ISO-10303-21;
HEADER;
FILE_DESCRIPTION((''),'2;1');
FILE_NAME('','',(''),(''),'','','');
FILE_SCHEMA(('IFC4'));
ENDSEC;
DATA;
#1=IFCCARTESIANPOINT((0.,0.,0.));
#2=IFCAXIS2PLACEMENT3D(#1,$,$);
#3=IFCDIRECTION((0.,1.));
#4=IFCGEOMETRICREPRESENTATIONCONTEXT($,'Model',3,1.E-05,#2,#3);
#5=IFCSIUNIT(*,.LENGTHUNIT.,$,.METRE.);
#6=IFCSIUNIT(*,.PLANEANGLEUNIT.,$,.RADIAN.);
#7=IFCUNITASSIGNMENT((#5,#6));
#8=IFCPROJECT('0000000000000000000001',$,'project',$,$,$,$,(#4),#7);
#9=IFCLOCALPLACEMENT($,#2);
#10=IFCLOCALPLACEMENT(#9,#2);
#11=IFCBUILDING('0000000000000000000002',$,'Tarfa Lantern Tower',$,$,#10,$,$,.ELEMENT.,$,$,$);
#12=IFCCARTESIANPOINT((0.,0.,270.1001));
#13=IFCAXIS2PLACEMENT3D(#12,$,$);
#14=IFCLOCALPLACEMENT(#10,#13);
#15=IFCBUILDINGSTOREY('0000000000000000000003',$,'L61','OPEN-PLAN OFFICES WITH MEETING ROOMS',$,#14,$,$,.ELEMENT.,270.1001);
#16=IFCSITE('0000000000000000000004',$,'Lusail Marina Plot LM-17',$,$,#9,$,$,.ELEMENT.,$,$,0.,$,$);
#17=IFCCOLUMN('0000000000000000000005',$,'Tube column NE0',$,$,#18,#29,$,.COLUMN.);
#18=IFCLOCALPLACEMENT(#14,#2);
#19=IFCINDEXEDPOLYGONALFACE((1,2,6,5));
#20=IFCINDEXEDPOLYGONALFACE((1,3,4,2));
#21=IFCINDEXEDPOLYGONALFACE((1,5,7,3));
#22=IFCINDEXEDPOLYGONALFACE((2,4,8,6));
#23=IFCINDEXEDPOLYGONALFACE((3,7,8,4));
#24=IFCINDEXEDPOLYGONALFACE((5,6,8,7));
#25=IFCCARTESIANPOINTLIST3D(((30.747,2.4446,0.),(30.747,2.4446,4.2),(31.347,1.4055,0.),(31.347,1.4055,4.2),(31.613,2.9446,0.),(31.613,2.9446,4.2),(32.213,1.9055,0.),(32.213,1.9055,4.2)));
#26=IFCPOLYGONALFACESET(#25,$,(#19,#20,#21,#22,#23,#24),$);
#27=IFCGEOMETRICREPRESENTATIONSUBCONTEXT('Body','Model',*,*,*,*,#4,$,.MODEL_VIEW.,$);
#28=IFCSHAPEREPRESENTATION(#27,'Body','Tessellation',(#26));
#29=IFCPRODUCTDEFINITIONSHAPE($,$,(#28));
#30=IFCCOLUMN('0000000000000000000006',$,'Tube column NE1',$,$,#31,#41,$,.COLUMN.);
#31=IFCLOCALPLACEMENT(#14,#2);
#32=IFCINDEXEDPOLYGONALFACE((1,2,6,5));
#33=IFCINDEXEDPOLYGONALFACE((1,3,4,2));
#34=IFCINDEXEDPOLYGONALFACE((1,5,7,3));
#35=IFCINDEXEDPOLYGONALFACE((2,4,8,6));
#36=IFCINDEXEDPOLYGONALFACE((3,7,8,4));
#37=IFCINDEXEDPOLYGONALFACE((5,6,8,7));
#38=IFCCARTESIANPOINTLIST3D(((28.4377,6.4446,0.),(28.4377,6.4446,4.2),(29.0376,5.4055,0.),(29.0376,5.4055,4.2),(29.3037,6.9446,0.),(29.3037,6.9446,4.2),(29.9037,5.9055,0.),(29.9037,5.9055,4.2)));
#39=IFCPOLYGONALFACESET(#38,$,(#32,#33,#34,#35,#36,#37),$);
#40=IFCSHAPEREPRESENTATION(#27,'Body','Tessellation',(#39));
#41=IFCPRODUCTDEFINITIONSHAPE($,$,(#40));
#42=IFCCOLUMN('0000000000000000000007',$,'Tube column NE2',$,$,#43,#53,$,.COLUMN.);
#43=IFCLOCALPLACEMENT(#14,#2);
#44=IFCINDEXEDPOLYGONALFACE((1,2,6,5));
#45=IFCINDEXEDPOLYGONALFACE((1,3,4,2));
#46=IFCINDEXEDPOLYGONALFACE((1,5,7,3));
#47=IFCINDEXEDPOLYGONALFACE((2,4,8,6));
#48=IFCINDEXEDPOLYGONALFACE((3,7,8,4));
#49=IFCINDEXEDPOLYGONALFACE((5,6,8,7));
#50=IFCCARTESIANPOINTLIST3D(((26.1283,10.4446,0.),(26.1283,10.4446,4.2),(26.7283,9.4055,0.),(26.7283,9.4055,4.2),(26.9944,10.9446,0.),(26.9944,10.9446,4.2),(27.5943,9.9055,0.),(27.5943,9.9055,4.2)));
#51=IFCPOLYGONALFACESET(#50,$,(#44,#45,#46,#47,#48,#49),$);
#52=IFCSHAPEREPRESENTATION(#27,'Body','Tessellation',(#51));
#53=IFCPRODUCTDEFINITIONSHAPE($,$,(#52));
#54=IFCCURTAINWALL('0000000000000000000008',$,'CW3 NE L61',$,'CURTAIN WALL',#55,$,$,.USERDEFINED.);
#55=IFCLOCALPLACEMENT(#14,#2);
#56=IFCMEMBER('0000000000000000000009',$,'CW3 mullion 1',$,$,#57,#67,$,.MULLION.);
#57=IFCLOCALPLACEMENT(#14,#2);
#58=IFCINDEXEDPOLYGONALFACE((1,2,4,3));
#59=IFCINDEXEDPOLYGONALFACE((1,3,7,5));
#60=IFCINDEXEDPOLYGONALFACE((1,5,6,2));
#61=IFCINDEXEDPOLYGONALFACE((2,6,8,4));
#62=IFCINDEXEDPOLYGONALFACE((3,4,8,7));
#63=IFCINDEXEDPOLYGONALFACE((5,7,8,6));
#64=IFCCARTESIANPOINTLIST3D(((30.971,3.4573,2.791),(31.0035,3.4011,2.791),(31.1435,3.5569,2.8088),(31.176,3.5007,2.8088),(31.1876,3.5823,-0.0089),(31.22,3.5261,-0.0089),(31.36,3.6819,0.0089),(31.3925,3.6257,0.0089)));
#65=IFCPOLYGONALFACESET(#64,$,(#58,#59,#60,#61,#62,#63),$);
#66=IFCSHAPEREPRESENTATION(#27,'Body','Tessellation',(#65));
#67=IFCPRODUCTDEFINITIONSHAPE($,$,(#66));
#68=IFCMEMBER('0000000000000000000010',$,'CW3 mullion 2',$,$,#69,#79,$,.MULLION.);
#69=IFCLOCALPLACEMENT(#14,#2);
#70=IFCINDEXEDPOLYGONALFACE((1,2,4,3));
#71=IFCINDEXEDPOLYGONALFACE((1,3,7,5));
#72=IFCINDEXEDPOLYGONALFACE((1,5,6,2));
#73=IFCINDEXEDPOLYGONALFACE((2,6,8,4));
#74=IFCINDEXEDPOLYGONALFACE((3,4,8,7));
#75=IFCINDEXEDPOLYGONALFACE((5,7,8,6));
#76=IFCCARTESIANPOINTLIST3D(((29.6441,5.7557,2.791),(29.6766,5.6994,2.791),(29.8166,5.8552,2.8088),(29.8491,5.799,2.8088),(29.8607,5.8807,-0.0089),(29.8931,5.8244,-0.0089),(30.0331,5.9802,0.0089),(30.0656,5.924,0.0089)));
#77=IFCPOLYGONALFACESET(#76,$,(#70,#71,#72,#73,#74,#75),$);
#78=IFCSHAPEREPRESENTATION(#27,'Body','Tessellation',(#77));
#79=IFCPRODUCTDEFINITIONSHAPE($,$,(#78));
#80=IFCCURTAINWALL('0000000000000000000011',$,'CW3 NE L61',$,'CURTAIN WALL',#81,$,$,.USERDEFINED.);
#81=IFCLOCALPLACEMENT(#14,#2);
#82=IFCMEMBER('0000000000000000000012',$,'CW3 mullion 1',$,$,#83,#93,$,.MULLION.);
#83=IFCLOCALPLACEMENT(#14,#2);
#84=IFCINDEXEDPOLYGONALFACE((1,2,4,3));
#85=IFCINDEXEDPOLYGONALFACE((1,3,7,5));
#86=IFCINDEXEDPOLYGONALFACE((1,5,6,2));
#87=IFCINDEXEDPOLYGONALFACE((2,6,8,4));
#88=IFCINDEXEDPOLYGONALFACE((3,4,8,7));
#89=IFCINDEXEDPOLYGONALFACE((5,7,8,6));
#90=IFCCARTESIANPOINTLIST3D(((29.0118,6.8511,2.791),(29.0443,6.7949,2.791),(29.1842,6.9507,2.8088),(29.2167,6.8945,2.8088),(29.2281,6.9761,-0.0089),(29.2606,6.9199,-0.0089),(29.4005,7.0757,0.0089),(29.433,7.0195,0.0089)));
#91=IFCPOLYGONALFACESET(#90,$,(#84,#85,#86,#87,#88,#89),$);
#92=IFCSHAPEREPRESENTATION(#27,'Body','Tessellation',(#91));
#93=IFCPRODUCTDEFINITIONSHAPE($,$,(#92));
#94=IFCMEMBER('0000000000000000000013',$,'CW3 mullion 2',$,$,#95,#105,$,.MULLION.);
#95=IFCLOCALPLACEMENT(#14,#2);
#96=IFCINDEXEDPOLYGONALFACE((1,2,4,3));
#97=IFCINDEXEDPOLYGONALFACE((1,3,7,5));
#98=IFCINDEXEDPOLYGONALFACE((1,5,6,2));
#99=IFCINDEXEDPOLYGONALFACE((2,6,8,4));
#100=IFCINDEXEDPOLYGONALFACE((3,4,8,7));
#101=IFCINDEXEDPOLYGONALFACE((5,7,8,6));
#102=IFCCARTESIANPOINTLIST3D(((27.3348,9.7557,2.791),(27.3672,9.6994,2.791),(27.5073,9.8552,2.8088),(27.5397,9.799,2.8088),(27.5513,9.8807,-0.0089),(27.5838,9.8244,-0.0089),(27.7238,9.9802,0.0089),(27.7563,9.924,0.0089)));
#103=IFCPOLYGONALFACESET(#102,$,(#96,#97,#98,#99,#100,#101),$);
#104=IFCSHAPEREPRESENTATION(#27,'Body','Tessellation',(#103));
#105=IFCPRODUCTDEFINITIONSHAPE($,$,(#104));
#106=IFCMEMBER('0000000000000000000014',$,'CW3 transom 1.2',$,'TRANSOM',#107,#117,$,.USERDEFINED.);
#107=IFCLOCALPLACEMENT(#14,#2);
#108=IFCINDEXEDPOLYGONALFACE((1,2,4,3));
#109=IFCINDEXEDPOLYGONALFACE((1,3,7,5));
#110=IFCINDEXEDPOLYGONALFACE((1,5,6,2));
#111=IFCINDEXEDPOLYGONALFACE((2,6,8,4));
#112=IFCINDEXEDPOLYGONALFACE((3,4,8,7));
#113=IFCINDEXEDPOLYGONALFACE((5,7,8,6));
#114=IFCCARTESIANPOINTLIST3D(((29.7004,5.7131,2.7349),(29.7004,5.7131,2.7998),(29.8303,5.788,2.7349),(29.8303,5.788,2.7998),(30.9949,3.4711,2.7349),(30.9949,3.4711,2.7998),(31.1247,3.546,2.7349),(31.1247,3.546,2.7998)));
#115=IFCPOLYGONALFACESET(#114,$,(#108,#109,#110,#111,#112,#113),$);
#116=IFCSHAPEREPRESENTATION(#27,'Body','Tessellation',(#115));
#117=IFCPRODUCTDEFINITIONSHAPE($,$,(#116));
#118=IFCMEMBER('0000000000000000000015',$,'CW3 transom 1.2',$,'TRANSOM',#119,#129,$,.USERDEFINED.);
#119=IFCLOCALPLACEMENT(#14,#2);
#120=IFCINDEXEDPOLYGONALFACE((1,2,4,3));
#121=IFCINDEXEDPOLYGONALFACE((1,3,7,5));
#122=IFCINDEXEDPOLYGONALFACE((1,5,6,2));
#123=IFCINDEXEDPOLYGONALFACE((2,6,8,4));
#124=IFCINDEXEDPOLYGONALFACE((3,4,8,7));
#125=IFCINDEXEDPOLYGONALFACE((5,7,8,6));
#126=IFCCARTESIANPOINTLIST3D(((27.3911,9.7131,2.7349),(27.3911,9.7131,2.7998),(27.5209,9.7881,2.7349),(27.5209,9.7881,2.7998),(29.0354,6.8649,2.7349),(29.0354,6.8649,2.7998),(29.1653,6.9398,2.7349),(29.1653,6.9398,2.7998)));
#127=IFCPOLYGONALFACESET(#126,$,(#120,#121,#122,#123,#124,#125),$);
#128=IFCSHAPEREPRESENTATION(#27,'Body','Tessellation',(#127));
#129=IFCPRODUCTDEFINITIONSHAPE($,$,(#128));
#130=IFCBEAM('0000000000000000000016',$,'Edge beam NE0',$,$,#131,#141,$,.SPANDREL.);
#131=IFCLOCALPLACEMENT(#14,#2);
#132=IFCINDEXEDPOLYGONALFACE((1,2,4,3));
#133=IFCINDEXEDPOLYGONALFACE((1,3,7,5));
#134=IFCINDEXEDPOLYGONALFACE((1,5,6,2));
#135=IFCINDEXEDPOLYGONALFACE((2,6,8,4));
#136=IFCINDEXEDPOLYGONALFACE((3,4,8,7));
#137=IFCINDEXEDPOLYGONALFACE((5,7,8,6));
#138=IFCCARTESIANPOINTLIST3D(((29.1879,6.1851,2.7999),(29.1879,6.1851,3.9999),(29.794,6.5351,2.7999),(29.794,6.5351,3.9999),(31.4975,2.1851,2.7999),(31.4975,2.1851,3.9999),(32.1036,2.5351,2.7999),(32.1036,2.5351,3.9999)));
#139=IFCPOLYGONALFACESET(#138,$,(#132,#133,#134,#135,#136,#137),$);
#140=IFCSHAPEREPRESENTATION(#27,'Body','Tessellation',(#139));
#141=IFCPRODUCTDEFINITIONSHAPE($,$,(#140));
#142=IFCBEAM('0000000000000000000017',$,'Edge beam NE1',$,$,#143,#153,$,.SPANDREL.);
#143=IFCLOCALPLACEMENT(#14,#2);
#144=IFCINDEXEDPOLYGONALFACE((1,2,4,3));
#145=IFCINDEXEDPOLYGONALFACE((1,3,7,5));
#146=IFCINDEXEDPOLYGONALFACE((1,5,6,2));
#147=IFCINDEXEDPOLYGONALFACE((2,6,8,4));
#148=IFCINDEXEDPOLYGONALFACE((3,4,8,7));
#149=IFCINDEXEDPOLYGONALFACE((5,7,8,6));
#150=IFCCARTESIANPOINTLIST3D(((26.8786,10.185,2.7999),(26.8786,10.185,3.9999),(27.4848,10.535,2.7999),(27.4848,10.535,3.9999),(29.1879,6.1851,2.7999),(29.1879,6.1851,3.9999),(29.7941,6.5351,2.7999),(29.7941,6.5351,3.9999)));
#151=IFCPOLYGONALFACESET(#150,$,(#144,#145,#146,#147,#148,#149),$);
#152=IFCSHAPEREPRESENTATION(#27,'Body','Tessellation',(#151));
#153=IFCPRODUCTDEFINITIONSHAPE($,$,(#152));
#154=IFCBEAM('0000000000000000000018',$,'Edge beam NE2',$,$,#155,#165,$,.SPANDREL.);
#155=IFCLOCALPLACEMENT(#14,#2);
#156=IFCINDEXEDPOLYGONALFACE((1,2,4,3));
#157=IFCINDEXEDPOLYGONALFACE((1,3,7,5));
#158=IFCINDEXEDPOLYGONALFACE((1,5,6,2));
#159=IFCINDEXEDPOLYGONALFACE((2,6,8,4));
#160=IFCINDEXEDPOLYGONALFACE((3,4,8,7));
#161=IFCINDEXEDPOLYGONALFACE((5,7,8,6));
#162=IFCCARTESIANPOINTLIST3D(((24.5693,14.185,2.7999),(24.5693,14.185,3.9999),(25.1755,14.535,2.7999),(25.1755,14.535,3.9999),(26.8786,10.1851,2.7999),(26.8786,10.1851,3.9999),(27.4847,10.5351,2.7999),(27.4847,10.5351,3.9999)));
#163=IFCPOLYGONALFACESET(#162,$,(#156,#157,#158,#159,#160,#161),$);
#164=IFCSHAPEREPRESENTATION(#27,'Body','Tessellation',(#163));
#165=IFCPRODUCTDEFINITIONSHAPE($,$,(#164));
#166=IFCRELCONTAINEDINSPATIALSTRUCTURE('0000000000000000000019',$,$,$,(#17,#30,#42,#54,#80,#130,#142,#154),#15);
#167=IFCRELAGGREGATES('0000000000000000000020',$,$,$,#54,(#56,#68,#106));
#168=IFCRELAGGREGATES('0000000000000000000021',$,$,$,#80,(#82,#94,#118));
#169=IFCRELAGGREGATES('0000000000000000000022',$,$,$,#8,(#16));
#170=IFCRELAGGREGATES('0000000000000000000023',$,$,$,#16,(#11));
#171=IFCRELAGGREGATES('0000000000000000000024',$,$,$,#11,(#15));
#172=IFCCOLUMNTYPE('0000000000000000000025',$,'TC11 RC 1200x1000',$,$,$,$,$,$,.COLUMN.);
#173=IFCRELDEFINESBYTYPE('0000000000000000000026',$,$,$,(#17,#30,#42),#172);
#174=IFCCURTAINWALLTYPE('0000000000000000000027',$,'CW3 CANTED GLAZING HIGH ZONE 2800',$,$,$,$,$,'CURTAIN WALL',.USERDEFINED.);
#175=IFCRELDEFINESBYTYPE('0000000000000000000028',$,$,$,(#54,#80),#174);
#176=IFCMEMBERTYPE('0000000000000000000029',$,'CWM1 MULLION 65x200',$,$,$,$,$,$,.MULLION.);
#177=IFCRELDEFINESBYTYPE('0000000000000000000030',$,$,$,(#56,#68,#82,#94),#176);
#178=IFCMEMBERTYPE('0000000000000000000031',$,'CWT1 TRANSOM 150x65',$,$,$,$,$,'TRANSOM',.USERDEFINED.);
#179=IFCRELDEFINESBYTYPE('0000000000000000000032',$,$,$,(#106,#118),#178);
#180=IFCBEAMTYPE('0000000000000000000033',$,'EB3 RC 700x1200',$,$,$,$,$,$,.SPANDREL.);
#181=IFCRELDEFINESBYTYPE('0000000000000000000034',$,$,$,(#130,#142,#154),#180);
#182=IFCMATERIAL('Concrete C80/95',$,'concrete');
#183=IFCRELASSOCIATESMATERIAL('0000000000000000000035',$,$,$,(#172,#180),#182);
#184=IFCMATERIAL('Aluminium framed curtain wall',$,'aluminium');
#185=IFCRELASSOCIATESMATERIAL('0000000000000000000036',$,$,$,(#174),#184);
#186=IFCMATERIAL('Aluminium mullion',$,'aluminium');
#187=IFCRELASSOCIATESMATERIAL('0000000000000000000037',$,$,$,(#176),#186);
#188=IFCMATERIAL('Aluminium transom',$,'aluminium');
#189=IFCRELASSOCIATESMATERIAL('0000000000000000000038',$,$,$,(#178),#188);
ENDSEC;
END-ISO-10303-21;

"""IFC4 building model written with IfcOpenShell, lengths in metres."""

from ifc_helpers import new_model, si_unit, direction, frame, origin, origin_2d, place, context, subcontext, project, spatial, rectangle, extrude, material, material_profile, profile_set, type_object, element, aggregate, save


model = new_model("IFC4")

# Units and contexts
model_context = context("Model", 3, precision=1e-05, world=origin(), true_north=direction((0.0, 1.0)))
body_context = subcontext(model_context, "Body", "Model", "MODEL_VIEW")
ifc_project = project(units=[si_unit("LENGTHUNIT", "METRE"), si_unit("PLANEANGLEUNIT", "RADIAN")], contexts=[model_context])

# Site, building, storey
site_placement = place(None, origin())
site = spatial("IfcSite", under=ifc_project, at=site_placement, Name="Lusail Marina Plot LM-17", CompositionType="ELEMENT", RefElevation=0.0)
building_placement = place(site_placement, origin())
building = spatial("IfcBuilding", under=site, at=building_placement, Name="Tarfa Lantern Tower", CompositionType="ELEMENT")
storey_placement = place(building_placement, frame((0.0, 0.0, 270.1001)))
storey = spatial("IfcBuildingStorey", under=building, at=storey_placement, Name="L61", Description="OPEN-PLAN OFFICES WITH MEETING ROOMS", CompositionType="ELEMENT", Elevation=270.1001)

# Columns
ifc_material_1 = material(Name="Concrete C80/95", Category="concrete")
ifc_material_profile_1 = material_profile(ifc_material_1, rectangle(XDim=1.2, YDim=1.0, at=origin_2d()), Name="RC 1200x1000")
ifc_profile_set_1 = profile_set([ifc_material_profile_1], Name="Concrete C80/95")
column_type = type_object("IfcColumnType", Name="TC11 RC 1200x1000", PredefinedType="COLUMN", material=ifc_profile_set_1)
for number, where, z_axis, x_axis, name in (
    (1, (31.48, 2.175, 0.0), (0.0, 0.0, 1.0), (-0.5, 0.866025, 0.0), "Tube column NE0"),
    (2, (29.1707, 6.175, 0.0), (0.0, 0.0, 1.0), (-0.5, 0.866025, 0.0), "Tube column NE1"),
    (3, (26.8613, 10.175, 0.0), (0.0, 0.0, 1.0), (-0.5, 0.866025, 0.0), "Tube column NE2"),
):
    element("IfcColumn", number, at=place(storey_placement, frame(where, z_axis=z_axis, x_axis=x_axis)), inside=storey, type_object=column_type, Name=name, PredefinedType="COLUMN", context=body_context, shape_type="SweptSolid", body=[
        extrude(rectangle(XDim=1.2, YDim=1.0, at=origin_2d()), origin(), (0.0, 0.0, 1.0), 4.2),
    ])

# Curtain walls, members
ifc_material_2 = material(Name="Aluminium framed curtain wall", Category="aluminium")
curtain_wall_type = type_object("IfcCurtainWallType", Name="CW3 CANTED GLAZING HIGH ZONE 2800", ElementType="CURTAIN WALL", PredefinedType="USERDEFINED", material=ifc_material_2)
curtain_wall_1_placement = place(storey_placement, origin())
curtain_wall_1 = element("IfcCurtainWall", 4, at=curtain_wall_1_placement, inside=storey, type_object=curtain_wall_type, Name="CW3 NE L61", ObjectType="CURTAIN WALL", PredefinedType="USERDEFINED")
ifc_material_3 = material(Name="Aluminium mullion", Category="aluminium")
ifc_material_profile_2 = material_profile(ifc_material_3, rectangle(XDim=0.0649, YDim=0.2, at=origin_2d()), Name="AL MULLION 65x200")
ifc_profile_set_2 = profile_set([ifc_material_profile_2], Name="Aluminium mullion")
member_type_1 = type_object("IfcMemberType", Name="CWM1 MULLION 65x200", PredefinedType="MULLION", material=ifc_profile_set_2)
member_1_placement = place(storey_placement, frame((31.29, 3.604, 0.0), z_axis=(-0.077039, -0.044469, 0.996036), x_axis=(0.49992, -0.866072, 0.0)))
member_1 = element("IfcMember", 5, at=member_1_placement, type_object=member_type_1, Name="CW3 mullion 1", PredefinedType="MULLION", context=body_context, shape_type="SweptSolid", body=[
    extrude(rectangle(XDim=0.0649, YDim=0.2, at=origin_2d()), origin(), (0.0, 0.0, 1.0), 2.811),
])
member_2_placement = place(storey_placement, frame((29.9631, 5.9023, 0.0), z_axis=(-0.077039, -0.044469, 0.996036), x_axis=(0.49992, -0.866072, 0.0)))
member_2 = element("IfcMember", 6, at=member_2_placement, type_object=member_type_1, Name="CW3 mullion 2", PredefinedType="MULLION", context=body_context, shape_type="SweptSolid", body=[
    extrude(rectangle(XDim=0.0649, YDim=0.2, at=origin_2d()), origin(), (0.0, 0.0, 1.0), 2.811),
])
curtain_wall_2_placement = place(storey_placement, origin())
curtain_wall_2 = element("IfcCurtainWall", 7, at=curtain_wall_2_placement, inside=storey, type_object=curtain_wall_type, Name="CW3 NE L61", ObjectType="CURTAIN WALL", PredefinedType="USERDEFINED")
member_3_placement = place(storey_placement, frame((29.3306, 6.9978, 0.0), z_axis=(-0.076953, -0.044469, 0.996043), x_axis=(0.500343, -0.865827, 0.0)))
member_3 = element("IfcMember", 8, at=member_3_placement, type_object=member_type_1, Name="CW3 mullion 1", PredefinedType="MULLION", context=body_context, shape_type="SweptSolid", body=[
    extrude(rectangle(XDim=0.0649, YDim=0.2, at=origin_2d()), origin(), (0.0, 0.0, 1.0), 2.811),
])
member_4_placement = place(storey_placement, frame((27.6538, 9.9023, 0.0), z_axis=(-0.077039, -0.044469, 0.996036), x_axis=(0.49992, -0.866072, 0.0)))
member_4 = element("IfcMember", 9, at=member_4_placement, type_object=member_type_1, Name="CW3 mullion 2", PredefinedType="MULLION", context=body_context, shape_type="SweptSolid", body=[
    extrude(rectangle(XDim=0.0649, YDim=0.2, at=origin_2d()), origin(), (0.0, 0.0, 1.0), 2.811),
])

# Members
ifc_material_4 = material(Name="Aluminium transom", Category="aluminium")
ifc_material_profile_3 = material_profile(ifc_material_4, rectangle(XDim=0.1499, YDim=0.0649, at=origin_2d()), Name="AL TRANSOM 150x65")
ifc_profile_set_3 = profile_set([ifc_material_profile_3], Name="Aluminium transom")
member_type_2 = type_object("IfcMemberType", Name="CWT1 TRANSOM 150x65", ElementType="TRANSOM", PredefinedType="USERDEFINED", material=ifc_profile_set_3)
member_5_placement = place(storey_placement, frame((31.0598, 3.5085, 2.7673), z_axis=(-0.500014, 0.866018, 0.0), x_axis=(-0.866018, -0.500014, 0.0)))
member_5 = element("IfcMember", 10, at=member_5_placement, type_object=member_type_2, Name="CW3 transom 1.2", ObjectType="TRANSOM", PredefinedType="USERDEFINED", context=body_context, shape_type="SweptSolid", body=[
    extrude(rectangle(XDim=0.1499, YDim=0.0649, at=origin_2d()), origin(), (0.0, 0.0, 1.0), 2.5889),
])
member_6_placement = place(storey_placement, frame((29.1003, 6.9023, 2.7673), z_axis=(-0.499979, 0.866037, 0.0), x_axis=(-0.866037, -0.499979, 0.0)))
member_6 = element("IfcMember", 11, at=member_6_placement, type_object=member_type_2, Name="CW3 transom 1.2", ObjectType="TRANSOM", PredefinedType="USERDEFINED", context=body_context, shape_type="SweptSolid", body=[
    extrude(rectangle(XDim=0.1499, YDim=0.0649, at=origin_2d()), origin(), (0.0, 0.0, 1.0), 3.2888),
])

# Beams
ifc_material_profile_4 = material_profile(ifc_material_1, rectangle(XDim=0.7, YDim=1.2, at=origin_2d()), Name="RC 700x1200")
ifc_profile_set_4 = profile_set([ifc_material_profile_4], Name="Concrete C80/95")
beam_type_1 = type_object("IfcBeamType", Name="EB3 RC 700x1200", PredefinedType="SPANDREL", material=ifc_profile_set_4)
beam_1_placement = place(storey_placement, frame((31.8005, 2.3601, 3.3999), z_axis=(-0.500027, 0.86601, 0.0), x_axis=(-0.86601, -0.500027, 0.0)))
element("IfcBeam", 12, at=beam_1_placement, inside=storey, type_object=beam_type_1, Name="Edge beam NE0", PredefinedType="SPANDREL", context=body_context, shape_type="SweptSolid", body=[
    extrude(rectangle(XDim=0.7, YDim=1.2, at=origin_2d()), origin(), (0.0, 0.0, 1.0), 4.6189),
])
for number, where, z_axis, x_axis, name in (
    (13, (29.491, 6.3601, 3.3999), (-0.499988, 0.866032, 0.0), (-0.866032, -0.499988, 0.0), "Edge beam NE1"),
    (14, (27.1816, 10.3601, 3.3999), (-0.499988, 0.866032, 0.0), (-0.866032, -0.499988, 0.0), "Edge beam NE2"),
):
    element("IfcBeam", number, at=place(storey_placement, frame(where, z_axis=z_axis, x_axis=x_axis)), inside=storey, type_object=beam_type_1, Name=name, PredefinedType="SPANDREL", context=body_context, shape_type="SweptSolid", body=[
        extrude(rectangle(XDim=0.7, YDim=1.2, at=origin_2d()), origin(), (0.0, 0.0, 1.0), 4.6187),
    ])

aggregate(curtain_wall_1, [member_1, member_2, member_5])
aggregate(curtain_wall_2, [member_3, member_4, member_6])

save(model, "model.ifc")
